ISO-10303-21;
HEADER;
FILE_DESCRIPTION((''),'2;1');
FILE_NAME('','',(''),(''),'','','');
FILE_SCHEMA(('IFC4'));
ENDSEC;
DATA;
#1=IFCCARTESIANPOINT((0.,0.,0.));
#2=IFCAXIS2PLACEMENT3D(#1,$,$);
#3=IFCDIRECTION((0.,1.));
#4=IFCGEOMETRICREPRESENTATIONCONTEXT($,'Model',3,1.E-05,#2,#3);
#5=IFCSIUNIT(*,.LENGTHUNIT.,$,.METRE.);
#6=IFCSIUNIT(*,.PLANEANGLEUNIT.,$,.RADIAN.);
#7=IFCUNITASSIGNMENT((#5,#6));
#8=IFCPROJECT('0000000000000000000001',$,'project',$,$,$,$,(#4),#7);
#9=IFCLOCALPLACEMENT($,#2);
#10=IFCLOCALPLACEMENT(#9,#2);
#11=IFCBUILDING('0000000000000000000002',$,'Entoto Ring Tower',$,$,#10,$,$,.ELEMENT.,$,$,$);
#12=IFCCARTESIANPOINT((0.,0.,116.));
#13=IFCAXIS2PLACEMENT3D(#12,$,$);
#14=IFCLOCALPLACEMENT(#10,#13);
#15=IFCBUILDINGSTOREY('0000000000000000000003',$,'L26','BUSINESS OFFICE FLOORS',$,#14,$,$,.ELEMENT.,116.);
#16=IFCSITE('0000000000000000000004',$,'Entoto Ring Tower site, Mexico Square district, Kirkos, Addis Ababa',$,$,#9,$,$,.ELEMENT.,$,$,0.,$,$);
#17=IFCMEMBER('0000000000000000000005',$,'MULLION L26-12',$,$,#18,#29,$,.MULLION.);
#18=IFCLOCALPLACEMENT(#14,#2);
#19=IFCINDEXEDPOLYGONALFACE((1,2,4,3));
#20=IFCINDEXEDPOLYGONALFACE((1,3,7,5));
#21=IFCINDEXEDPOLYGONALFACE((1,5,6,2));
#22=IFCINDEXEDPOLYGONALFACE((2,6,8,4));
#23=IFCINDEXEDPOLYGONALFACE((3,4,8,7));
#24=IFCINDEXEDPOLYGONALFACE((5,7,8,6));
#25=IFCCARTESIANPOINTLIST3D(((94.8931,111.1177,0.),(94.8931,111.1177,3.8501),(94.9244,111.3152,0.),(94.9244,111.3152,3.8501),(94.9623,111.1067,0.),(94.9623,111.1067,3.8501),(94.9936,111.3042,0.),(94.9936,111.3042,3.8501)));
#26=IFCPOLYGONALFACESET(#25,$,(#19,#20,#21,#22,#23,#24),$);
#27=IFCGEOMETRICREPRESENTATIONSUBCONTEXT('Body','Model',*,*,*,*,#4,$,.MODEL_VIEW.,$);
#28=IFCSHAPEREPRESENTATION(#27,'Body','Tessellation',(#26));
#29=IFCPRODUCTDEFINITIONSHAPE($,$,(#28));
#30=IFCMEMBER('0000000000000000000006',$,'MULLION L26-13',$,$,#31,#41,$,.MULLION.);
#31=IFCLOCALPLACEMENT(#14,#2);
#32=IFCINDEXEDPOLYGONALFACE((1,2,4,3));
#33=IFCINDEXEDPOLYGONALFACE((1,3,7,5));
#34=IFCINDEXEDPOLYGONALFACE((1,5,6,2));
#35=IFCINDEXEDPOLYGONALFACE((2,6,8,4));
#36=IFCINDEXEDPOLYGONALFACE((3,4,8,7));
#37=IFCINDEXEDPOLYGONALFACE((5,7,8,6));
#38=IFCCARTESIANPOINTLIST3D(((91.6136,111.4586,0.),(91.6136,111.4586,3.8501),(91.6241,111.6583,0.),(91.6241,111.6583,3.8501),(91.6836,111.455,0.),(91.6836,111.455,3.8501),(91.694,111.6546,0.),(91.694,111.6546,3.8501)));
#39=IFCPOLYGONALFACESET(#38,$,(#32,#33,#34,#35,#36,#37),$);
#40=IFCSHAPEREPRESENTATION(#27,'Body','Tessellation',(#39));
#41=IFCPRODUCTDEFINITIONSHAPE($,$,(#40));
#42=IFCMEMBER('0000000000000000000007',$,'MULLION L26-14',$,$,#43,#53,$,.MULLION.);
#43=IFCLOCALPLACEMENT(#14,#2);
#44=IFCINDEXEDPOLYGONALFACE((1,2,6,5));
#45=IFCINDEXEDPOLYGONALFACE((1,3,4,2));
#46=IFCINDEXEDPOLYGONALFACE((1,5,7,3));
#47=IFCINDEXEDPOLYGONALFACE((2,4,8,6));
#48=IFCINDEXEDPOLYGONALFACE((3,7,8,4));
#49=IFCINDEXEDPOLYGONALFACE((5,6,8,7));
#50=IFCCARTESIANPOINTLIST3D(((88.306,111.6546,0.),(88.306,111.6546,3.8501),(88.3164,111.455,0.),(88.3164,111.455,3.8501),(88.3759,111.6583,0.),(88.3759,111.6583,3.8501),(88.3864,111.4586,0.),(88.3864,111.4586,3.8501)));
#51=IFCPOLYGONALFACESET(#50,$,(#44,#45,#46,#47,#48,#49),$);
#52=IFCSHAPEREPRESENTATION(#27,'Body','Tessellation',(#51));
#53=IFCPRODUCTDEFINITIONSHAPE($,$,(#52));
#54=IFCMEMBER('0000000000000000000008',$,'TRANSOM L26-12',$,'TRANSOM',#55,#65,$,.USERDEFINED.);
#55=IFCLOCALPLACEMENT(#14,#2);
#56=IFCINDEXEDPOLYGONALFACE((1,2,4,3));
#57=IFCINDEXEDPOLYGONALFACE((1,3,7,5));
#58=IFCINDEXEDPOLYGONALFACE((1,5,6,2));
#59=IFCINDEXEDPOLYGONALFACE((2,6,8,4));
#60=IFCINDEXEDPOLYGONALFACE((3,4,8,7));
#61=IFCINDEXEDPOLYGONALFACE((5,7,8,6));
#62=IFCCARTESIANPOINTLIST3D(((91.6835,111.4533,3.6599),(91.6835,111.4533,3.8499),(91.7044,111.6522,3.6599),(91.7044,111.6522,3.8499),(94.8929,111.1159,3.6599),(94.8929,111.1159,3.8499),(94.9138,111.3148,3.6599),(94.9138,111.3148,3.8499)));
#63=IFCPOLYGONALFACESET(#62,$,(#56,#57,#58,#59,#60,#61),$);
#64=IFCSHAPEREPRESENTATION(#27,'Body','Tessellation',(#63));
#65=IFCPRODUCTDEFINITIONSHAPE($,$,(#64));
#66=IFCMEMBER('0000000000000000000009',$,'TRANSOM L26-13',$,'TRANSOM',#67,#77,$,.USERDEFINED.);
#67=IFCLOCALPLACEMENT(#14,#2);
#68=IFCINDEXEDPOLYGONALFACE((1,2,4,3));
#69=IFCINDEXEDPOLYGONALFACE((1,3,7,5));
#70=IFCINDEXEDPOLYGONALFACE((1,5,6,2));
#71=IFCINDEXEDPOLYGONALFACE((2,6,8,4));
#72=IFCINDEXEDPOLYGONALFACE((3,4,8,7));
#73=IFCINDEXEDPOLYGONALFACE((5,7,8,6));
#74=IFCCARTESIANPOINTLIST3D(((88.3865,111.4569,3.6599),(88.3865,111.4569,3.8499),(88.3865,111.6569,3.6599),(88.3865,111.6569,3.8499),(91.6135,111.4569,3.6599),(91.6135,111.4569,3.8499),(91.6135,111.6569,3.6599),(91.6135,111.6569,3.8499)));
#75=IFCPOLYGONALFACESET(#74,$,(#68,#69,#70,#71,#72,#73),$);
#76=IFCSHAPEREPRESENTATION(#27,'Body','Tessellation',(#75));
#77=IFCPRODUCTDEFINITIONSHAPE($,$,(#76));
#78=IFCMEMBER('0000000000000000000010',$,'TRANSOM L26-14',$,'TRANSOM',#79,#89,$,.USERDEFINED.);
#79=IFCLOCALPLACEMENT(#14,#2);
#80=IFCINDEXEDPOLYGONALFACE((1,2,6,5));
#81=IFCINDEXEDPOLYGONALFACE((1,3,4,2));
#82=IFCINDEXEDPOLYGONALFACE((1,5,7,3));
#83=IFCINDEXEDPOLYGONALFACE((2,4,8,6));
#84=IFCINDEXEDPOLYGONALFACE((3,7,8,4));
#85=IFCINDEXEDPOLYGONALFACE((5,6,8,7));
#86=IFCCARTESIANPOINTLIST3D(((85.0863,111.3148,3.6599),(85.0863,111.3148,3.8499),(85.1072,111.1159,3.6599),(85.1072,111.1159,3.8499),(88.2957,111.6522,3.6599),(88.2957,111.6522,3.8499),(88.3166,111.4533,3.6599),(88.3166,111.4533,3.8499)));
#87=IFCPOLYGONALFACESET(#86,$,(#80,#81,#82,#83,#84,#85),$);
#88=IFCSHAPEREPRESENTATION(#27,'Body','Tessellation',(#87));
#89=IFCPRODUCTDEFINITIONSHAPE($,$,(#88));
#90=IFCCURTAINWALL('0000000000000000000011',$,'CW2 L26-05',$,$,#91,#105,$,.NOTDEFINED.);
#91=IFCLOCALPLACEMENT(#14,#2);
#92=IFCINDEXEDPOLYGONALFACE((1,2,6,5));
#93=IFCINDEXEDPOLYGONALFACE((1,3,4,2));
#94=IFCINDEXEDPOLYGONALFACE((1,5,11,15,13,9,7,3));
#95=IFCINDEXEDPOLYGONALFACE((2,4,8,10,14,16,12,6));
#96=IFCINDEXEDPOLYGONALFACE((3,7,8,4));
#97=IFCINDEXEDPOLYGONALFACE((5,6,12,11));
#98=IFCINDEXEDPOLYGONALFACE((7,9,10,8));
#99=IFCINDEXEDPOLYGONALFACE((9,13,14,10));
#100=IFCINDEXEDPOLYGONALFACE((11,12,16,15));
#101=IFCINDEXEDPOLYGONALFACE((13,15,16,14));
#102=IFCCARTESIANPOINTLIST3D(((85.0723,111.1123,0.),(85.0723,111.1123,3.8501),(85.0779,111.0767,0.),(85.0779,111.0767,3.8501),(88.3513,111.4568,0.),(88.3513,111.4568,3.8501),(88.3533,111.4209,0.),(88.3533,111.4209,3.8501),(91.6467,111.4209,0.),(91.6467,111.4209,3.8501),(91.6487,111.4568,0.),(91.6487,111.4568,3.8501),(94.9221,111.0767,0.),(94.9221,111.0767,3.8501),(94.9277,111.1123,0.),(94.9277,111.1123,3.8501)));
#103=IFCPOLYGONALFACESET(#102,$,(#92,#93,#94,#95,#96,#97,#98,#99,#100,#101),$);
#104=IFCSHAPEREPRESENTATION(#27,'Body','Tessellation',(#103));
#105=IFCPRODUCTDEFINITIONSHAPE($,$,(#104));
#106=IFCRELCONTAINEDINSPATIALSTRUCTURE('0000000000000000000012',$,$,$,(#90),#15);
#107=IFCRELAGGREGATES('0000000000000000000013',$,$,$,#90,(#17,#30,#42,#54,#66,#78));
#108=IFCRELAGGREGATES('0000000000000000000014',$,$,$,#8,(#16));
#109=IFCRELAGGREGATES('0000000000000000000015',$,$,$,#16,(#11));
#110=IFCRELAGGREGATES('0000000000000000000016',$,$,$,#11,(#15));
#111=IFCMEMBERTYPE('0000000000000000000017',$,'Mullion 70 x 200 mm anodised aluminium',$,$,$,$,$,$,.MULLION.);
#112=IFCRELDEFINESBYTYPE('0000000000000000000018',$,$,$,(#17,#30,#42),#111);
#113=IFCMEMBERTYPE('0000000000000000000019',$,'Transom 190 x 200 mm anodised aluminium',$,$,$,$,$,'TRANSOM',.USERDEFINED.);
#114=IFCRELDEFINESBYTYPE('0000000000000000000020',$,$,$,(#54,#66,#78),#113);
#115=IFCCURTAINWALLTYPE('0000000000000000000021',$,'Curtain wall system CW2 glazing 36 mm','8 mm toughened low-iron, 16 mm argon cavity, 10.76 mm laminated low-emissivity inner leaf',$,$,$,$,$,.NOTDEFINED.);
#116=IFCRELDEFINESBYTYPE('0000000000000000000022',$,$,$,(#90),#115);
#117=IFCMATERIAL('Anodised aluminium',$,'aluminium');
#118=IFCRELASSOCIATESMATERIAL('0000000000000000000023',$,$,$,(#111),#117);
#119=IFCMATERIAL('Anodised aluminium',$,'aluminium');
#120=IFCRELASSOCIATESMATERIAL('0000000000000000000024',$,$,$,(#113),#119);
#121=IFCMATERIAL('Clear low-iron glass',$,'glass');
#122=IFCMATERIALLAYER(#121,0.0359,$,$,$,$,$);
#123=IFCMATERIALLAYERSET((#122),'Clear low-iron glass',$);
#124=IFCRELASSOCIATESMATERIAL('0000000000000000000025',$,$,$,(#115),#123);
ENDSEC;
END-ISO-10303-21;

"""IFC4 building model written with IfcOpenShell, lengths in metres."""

from ifc_helpers import new_model, si_unit, direction, frame, origin, origin_2d, place, context, subcontext, project, spatial, polyline, rectangle, outline, extrude, material, layer, layer_set, material_profile, profile_set, type_object, element, aggregate, save


model = new_model("IFC4")

# Units and contexts
model_context = context("Model", 3, precision=1e-05, world=origin(), true_north=direction((0.0, 1.0)))
body_context = subcontext(model_context, "Body", "Model", "MODEL_VIEW")
ifc_project = project(units=[si_unit("LENGTHUNIT", "METRE"), si_unit("PLANEANGLEUNIT", "RADIAN")], contexts=[model_context])

# Members
ifc_material_1 = material(Name="Anodised aluminium", Category="aluminium")
ifc_material_profile_1 = material_profile(ifc_material_1, rectangle(XDim=0.0701, YDim=0.2, at=origin_2d()), Name="Mullion 70 x 200 mm anodised aluminium")
ifc_profile_set_1 = profile_set([ifc_material_profile_1], Name="Anodised aluminium")
member_type_1 = type_object("IfcMemberType", Name="Mullion 70 x 200 mm anodised aluminium", PredefinedType="MULLION", material=ifc_profile_set_1)
site_placement = place(None, origin())
building_placement = place(site_placement, origin())
storey_placement = place(building_placement, frame((0.0, 0.0, 116.0)))
member_1_placement = place(storey_placement, frame((94.9434, 111.2109, 0.0), z_axis=(0.0, 0.0, 1.0), x_axis=(-0.987688, 0.156434, 0.0)))
member_1 = element("IfcMember", 1, at=member_1_placement, type_object=member_type_1, Name="MULLION L26-12", PredefinedType="MULLION", context=body_context, shape_type="SweptSolid", body=[
    extrude(rectangle(XDim=0.0701, YDim=0.2, at=origin_2d()), origin(), (0.0, 0.0, 1.0), 3.8501),
])
member_2_placement = place(storey_placement, frame((91.6538, 111.5566, 0.0), z_axis=(0.0, 0.0, 1.0), x_axis=(-0.99863, 0.052336, 0.0)))
member_2 = element("IfcMember", 2, at=member_2_placement, type_object=member_type_1, Name="MULLION L26-13", PredefinedType="MULLION", context=body_context, shape_type="SweptSolid", body=[
    extrude(rectangle(XDim=0.0701, YDim=0.2, at=origin_2d()), origin(), (0.0, 0.0, 1.0), 3.8501),
])
member_3_placement = place(storey_placement, frame((88.3462, 111.5566, 0.0), z_axis=(0.0, 0.0, 1.0), x_axis=(-0.99863, -0.052336, 0.0)))
member_3 = element("IfcMember", 3, at=member_3_placement, type_object=member_type_1, Name="MULLION L26-14", PredefinedType="MULLION", context=body_context, shape_type="SweptSolid", body=[
    extrude(rectangle(XDim=0.0701, YDim=0.2, at=origin_2d()), origin(), (0.0, 0.0, 1.0), 3.8501),
])
ifc_material_2 = material(Name="Anodised aluminium", Category="aluminium")
ifc_material_profile_2 = material_profile(ifc_material_2, rectangle(XDim=0.2, YDim=0.1899, at=origin_2d()), Name="Transom 190 x 200 mm anodised aluminium")
ifc_profile_set_2 = profile_set([ifc_material_profile_2], Name="Anodised aluminium")
member_type_2 = type_object("IfcMemberType", Name="Transom 190 x 200 mm anodised aluminium", ElementType="TRANSOM", PredefinedType="USERDEFINED", material=ifc_profile_set_2)
member_4_placement = place(storey_placement, frame((94.9033, 111.2153, 3.7549), z_axis=(-0.99452, 0.104551, 0.0), x_axis=(-0.104551, -0.99452, 0.0)))
member_4 = element("IfcMember", 4, at=member_4_placement, type_object=member_type_2, Name="TRANSOM L26-12", ObjectType="TRANSOM", PredefinedType="USERDEFINED", context=body_context, shape_type="SweptSolid", body=[
    extrude(rectangle(XDim=0.2, YDim=0.1899, at=origin_2d()), origin(), (0.0, 0.0, 1.0), 3.2271),
])
member_5_placement = place(storey_placement, frame((91.6135, 111.5569, 3.7549), z_axis=(-1.0, 0.0, 0.0), x_axis=(0.0, -1.0, 0.0)))
member_5 = element("IfcMember", 5, at=member_5_placement, type_object=member_type_2, Name="TRANSOM L26-13", ObjectType="TRANSOM", PredefinedType="USERDEFINED", context=body_context, shape_type="SweptSolid", body=[
    extrude(rectangle(XDim=0.2, YDim=0.1899, at=origin_2d()), origin(), (0.0, 0.0, 1.0), 3.2271),
])
member_6_placement = place(storey_placement, frame((88.3062, 111.5527, 3.7549), z_axis=(-0.99452, -0.104551, 0.0), x_axis=(0.104551, -0.99452, 0.0)))
member_6 = element("IfcMember", 6, at=member_6_placement, type_object=member_type_2, Name="TRANSOM L26-14", ObjectType="TRANSOM", PredefinedType="USERDEFINED", context=body_context, shape_type="SweptSolid", body=[
    extrude(rectangle(XDim=0.2, YDim=0.1899, at=origin_2d()), origin(), (0.0, 0.0, 1.0), 3.2271),
])

# Site, building, storey
site = spatial("IfcSite", under=ifc_project, at=site_placement, Name="Entoto Ring Tower site, Mexico Square district, Kirkos, Addis Ababa", CompositionType="ELEMENT", RefElevation=0.0)
building = spatial("IfcBuilding", under=site, at=building_placement, Name="Entoto Ring Tower", CompositionType="ELEMENT")
storey = spatial("IfcBuildingStorey", under=building, at=storey_placement, Name="L26", Description="BUSINESS OFFICE FLOORS", CompositionType="ELEMENT", Elevation=116.0)

# Curtain wall
ifc_material_3 = material(Name="Clear low-iron glass", Category="glass")
ifc_layer = layer(ifc_material_3, 0.0359)
ifc_layer_set = layer_set([ifc_layer], Name="Clear low-iron glass")
curtain_wall_type = type_object("IfcCurtainWallType", Name="Curtain wall system CW2 glazing 36 mm", Description="8 mm toughened low-iron, 16 mm argon cavity, 10.76 mm laminated low-emissivity inner leaf", PredefinedType="NOTDEFINED", material=ifc_layer_set)
curtain_wall_1_placement = place(storey_placement, origin())
curtain_wall_1 = element("IfcCurtainWall", 7, at=curtain_wall_1_placement, inside=storey, type_object=curtain_wall_type, Name="CW2 L26-05", PredefinedType="NOTDEFINED", context=body_context, shape_type="SweptSolid", body=[
    extrude(outline(polyline([(94.9277, 111.1123), (91.6487, 111.4568), (88.3513, 111.4568), (85.0723, 111.1123), (85.0779, 111.0767), (88.3533, 111.4209), (91.6467, 111.4209), (94.9221, 111.0767), (94.9277, 111.1123)])), origin(), (0.0, 0.0, 1.0), 3.8501),
])
aggregate(curtain_wall_1, [member_1, member_2, member_3, member_4, member_5, member_6])

save(model, "model.ifc")
